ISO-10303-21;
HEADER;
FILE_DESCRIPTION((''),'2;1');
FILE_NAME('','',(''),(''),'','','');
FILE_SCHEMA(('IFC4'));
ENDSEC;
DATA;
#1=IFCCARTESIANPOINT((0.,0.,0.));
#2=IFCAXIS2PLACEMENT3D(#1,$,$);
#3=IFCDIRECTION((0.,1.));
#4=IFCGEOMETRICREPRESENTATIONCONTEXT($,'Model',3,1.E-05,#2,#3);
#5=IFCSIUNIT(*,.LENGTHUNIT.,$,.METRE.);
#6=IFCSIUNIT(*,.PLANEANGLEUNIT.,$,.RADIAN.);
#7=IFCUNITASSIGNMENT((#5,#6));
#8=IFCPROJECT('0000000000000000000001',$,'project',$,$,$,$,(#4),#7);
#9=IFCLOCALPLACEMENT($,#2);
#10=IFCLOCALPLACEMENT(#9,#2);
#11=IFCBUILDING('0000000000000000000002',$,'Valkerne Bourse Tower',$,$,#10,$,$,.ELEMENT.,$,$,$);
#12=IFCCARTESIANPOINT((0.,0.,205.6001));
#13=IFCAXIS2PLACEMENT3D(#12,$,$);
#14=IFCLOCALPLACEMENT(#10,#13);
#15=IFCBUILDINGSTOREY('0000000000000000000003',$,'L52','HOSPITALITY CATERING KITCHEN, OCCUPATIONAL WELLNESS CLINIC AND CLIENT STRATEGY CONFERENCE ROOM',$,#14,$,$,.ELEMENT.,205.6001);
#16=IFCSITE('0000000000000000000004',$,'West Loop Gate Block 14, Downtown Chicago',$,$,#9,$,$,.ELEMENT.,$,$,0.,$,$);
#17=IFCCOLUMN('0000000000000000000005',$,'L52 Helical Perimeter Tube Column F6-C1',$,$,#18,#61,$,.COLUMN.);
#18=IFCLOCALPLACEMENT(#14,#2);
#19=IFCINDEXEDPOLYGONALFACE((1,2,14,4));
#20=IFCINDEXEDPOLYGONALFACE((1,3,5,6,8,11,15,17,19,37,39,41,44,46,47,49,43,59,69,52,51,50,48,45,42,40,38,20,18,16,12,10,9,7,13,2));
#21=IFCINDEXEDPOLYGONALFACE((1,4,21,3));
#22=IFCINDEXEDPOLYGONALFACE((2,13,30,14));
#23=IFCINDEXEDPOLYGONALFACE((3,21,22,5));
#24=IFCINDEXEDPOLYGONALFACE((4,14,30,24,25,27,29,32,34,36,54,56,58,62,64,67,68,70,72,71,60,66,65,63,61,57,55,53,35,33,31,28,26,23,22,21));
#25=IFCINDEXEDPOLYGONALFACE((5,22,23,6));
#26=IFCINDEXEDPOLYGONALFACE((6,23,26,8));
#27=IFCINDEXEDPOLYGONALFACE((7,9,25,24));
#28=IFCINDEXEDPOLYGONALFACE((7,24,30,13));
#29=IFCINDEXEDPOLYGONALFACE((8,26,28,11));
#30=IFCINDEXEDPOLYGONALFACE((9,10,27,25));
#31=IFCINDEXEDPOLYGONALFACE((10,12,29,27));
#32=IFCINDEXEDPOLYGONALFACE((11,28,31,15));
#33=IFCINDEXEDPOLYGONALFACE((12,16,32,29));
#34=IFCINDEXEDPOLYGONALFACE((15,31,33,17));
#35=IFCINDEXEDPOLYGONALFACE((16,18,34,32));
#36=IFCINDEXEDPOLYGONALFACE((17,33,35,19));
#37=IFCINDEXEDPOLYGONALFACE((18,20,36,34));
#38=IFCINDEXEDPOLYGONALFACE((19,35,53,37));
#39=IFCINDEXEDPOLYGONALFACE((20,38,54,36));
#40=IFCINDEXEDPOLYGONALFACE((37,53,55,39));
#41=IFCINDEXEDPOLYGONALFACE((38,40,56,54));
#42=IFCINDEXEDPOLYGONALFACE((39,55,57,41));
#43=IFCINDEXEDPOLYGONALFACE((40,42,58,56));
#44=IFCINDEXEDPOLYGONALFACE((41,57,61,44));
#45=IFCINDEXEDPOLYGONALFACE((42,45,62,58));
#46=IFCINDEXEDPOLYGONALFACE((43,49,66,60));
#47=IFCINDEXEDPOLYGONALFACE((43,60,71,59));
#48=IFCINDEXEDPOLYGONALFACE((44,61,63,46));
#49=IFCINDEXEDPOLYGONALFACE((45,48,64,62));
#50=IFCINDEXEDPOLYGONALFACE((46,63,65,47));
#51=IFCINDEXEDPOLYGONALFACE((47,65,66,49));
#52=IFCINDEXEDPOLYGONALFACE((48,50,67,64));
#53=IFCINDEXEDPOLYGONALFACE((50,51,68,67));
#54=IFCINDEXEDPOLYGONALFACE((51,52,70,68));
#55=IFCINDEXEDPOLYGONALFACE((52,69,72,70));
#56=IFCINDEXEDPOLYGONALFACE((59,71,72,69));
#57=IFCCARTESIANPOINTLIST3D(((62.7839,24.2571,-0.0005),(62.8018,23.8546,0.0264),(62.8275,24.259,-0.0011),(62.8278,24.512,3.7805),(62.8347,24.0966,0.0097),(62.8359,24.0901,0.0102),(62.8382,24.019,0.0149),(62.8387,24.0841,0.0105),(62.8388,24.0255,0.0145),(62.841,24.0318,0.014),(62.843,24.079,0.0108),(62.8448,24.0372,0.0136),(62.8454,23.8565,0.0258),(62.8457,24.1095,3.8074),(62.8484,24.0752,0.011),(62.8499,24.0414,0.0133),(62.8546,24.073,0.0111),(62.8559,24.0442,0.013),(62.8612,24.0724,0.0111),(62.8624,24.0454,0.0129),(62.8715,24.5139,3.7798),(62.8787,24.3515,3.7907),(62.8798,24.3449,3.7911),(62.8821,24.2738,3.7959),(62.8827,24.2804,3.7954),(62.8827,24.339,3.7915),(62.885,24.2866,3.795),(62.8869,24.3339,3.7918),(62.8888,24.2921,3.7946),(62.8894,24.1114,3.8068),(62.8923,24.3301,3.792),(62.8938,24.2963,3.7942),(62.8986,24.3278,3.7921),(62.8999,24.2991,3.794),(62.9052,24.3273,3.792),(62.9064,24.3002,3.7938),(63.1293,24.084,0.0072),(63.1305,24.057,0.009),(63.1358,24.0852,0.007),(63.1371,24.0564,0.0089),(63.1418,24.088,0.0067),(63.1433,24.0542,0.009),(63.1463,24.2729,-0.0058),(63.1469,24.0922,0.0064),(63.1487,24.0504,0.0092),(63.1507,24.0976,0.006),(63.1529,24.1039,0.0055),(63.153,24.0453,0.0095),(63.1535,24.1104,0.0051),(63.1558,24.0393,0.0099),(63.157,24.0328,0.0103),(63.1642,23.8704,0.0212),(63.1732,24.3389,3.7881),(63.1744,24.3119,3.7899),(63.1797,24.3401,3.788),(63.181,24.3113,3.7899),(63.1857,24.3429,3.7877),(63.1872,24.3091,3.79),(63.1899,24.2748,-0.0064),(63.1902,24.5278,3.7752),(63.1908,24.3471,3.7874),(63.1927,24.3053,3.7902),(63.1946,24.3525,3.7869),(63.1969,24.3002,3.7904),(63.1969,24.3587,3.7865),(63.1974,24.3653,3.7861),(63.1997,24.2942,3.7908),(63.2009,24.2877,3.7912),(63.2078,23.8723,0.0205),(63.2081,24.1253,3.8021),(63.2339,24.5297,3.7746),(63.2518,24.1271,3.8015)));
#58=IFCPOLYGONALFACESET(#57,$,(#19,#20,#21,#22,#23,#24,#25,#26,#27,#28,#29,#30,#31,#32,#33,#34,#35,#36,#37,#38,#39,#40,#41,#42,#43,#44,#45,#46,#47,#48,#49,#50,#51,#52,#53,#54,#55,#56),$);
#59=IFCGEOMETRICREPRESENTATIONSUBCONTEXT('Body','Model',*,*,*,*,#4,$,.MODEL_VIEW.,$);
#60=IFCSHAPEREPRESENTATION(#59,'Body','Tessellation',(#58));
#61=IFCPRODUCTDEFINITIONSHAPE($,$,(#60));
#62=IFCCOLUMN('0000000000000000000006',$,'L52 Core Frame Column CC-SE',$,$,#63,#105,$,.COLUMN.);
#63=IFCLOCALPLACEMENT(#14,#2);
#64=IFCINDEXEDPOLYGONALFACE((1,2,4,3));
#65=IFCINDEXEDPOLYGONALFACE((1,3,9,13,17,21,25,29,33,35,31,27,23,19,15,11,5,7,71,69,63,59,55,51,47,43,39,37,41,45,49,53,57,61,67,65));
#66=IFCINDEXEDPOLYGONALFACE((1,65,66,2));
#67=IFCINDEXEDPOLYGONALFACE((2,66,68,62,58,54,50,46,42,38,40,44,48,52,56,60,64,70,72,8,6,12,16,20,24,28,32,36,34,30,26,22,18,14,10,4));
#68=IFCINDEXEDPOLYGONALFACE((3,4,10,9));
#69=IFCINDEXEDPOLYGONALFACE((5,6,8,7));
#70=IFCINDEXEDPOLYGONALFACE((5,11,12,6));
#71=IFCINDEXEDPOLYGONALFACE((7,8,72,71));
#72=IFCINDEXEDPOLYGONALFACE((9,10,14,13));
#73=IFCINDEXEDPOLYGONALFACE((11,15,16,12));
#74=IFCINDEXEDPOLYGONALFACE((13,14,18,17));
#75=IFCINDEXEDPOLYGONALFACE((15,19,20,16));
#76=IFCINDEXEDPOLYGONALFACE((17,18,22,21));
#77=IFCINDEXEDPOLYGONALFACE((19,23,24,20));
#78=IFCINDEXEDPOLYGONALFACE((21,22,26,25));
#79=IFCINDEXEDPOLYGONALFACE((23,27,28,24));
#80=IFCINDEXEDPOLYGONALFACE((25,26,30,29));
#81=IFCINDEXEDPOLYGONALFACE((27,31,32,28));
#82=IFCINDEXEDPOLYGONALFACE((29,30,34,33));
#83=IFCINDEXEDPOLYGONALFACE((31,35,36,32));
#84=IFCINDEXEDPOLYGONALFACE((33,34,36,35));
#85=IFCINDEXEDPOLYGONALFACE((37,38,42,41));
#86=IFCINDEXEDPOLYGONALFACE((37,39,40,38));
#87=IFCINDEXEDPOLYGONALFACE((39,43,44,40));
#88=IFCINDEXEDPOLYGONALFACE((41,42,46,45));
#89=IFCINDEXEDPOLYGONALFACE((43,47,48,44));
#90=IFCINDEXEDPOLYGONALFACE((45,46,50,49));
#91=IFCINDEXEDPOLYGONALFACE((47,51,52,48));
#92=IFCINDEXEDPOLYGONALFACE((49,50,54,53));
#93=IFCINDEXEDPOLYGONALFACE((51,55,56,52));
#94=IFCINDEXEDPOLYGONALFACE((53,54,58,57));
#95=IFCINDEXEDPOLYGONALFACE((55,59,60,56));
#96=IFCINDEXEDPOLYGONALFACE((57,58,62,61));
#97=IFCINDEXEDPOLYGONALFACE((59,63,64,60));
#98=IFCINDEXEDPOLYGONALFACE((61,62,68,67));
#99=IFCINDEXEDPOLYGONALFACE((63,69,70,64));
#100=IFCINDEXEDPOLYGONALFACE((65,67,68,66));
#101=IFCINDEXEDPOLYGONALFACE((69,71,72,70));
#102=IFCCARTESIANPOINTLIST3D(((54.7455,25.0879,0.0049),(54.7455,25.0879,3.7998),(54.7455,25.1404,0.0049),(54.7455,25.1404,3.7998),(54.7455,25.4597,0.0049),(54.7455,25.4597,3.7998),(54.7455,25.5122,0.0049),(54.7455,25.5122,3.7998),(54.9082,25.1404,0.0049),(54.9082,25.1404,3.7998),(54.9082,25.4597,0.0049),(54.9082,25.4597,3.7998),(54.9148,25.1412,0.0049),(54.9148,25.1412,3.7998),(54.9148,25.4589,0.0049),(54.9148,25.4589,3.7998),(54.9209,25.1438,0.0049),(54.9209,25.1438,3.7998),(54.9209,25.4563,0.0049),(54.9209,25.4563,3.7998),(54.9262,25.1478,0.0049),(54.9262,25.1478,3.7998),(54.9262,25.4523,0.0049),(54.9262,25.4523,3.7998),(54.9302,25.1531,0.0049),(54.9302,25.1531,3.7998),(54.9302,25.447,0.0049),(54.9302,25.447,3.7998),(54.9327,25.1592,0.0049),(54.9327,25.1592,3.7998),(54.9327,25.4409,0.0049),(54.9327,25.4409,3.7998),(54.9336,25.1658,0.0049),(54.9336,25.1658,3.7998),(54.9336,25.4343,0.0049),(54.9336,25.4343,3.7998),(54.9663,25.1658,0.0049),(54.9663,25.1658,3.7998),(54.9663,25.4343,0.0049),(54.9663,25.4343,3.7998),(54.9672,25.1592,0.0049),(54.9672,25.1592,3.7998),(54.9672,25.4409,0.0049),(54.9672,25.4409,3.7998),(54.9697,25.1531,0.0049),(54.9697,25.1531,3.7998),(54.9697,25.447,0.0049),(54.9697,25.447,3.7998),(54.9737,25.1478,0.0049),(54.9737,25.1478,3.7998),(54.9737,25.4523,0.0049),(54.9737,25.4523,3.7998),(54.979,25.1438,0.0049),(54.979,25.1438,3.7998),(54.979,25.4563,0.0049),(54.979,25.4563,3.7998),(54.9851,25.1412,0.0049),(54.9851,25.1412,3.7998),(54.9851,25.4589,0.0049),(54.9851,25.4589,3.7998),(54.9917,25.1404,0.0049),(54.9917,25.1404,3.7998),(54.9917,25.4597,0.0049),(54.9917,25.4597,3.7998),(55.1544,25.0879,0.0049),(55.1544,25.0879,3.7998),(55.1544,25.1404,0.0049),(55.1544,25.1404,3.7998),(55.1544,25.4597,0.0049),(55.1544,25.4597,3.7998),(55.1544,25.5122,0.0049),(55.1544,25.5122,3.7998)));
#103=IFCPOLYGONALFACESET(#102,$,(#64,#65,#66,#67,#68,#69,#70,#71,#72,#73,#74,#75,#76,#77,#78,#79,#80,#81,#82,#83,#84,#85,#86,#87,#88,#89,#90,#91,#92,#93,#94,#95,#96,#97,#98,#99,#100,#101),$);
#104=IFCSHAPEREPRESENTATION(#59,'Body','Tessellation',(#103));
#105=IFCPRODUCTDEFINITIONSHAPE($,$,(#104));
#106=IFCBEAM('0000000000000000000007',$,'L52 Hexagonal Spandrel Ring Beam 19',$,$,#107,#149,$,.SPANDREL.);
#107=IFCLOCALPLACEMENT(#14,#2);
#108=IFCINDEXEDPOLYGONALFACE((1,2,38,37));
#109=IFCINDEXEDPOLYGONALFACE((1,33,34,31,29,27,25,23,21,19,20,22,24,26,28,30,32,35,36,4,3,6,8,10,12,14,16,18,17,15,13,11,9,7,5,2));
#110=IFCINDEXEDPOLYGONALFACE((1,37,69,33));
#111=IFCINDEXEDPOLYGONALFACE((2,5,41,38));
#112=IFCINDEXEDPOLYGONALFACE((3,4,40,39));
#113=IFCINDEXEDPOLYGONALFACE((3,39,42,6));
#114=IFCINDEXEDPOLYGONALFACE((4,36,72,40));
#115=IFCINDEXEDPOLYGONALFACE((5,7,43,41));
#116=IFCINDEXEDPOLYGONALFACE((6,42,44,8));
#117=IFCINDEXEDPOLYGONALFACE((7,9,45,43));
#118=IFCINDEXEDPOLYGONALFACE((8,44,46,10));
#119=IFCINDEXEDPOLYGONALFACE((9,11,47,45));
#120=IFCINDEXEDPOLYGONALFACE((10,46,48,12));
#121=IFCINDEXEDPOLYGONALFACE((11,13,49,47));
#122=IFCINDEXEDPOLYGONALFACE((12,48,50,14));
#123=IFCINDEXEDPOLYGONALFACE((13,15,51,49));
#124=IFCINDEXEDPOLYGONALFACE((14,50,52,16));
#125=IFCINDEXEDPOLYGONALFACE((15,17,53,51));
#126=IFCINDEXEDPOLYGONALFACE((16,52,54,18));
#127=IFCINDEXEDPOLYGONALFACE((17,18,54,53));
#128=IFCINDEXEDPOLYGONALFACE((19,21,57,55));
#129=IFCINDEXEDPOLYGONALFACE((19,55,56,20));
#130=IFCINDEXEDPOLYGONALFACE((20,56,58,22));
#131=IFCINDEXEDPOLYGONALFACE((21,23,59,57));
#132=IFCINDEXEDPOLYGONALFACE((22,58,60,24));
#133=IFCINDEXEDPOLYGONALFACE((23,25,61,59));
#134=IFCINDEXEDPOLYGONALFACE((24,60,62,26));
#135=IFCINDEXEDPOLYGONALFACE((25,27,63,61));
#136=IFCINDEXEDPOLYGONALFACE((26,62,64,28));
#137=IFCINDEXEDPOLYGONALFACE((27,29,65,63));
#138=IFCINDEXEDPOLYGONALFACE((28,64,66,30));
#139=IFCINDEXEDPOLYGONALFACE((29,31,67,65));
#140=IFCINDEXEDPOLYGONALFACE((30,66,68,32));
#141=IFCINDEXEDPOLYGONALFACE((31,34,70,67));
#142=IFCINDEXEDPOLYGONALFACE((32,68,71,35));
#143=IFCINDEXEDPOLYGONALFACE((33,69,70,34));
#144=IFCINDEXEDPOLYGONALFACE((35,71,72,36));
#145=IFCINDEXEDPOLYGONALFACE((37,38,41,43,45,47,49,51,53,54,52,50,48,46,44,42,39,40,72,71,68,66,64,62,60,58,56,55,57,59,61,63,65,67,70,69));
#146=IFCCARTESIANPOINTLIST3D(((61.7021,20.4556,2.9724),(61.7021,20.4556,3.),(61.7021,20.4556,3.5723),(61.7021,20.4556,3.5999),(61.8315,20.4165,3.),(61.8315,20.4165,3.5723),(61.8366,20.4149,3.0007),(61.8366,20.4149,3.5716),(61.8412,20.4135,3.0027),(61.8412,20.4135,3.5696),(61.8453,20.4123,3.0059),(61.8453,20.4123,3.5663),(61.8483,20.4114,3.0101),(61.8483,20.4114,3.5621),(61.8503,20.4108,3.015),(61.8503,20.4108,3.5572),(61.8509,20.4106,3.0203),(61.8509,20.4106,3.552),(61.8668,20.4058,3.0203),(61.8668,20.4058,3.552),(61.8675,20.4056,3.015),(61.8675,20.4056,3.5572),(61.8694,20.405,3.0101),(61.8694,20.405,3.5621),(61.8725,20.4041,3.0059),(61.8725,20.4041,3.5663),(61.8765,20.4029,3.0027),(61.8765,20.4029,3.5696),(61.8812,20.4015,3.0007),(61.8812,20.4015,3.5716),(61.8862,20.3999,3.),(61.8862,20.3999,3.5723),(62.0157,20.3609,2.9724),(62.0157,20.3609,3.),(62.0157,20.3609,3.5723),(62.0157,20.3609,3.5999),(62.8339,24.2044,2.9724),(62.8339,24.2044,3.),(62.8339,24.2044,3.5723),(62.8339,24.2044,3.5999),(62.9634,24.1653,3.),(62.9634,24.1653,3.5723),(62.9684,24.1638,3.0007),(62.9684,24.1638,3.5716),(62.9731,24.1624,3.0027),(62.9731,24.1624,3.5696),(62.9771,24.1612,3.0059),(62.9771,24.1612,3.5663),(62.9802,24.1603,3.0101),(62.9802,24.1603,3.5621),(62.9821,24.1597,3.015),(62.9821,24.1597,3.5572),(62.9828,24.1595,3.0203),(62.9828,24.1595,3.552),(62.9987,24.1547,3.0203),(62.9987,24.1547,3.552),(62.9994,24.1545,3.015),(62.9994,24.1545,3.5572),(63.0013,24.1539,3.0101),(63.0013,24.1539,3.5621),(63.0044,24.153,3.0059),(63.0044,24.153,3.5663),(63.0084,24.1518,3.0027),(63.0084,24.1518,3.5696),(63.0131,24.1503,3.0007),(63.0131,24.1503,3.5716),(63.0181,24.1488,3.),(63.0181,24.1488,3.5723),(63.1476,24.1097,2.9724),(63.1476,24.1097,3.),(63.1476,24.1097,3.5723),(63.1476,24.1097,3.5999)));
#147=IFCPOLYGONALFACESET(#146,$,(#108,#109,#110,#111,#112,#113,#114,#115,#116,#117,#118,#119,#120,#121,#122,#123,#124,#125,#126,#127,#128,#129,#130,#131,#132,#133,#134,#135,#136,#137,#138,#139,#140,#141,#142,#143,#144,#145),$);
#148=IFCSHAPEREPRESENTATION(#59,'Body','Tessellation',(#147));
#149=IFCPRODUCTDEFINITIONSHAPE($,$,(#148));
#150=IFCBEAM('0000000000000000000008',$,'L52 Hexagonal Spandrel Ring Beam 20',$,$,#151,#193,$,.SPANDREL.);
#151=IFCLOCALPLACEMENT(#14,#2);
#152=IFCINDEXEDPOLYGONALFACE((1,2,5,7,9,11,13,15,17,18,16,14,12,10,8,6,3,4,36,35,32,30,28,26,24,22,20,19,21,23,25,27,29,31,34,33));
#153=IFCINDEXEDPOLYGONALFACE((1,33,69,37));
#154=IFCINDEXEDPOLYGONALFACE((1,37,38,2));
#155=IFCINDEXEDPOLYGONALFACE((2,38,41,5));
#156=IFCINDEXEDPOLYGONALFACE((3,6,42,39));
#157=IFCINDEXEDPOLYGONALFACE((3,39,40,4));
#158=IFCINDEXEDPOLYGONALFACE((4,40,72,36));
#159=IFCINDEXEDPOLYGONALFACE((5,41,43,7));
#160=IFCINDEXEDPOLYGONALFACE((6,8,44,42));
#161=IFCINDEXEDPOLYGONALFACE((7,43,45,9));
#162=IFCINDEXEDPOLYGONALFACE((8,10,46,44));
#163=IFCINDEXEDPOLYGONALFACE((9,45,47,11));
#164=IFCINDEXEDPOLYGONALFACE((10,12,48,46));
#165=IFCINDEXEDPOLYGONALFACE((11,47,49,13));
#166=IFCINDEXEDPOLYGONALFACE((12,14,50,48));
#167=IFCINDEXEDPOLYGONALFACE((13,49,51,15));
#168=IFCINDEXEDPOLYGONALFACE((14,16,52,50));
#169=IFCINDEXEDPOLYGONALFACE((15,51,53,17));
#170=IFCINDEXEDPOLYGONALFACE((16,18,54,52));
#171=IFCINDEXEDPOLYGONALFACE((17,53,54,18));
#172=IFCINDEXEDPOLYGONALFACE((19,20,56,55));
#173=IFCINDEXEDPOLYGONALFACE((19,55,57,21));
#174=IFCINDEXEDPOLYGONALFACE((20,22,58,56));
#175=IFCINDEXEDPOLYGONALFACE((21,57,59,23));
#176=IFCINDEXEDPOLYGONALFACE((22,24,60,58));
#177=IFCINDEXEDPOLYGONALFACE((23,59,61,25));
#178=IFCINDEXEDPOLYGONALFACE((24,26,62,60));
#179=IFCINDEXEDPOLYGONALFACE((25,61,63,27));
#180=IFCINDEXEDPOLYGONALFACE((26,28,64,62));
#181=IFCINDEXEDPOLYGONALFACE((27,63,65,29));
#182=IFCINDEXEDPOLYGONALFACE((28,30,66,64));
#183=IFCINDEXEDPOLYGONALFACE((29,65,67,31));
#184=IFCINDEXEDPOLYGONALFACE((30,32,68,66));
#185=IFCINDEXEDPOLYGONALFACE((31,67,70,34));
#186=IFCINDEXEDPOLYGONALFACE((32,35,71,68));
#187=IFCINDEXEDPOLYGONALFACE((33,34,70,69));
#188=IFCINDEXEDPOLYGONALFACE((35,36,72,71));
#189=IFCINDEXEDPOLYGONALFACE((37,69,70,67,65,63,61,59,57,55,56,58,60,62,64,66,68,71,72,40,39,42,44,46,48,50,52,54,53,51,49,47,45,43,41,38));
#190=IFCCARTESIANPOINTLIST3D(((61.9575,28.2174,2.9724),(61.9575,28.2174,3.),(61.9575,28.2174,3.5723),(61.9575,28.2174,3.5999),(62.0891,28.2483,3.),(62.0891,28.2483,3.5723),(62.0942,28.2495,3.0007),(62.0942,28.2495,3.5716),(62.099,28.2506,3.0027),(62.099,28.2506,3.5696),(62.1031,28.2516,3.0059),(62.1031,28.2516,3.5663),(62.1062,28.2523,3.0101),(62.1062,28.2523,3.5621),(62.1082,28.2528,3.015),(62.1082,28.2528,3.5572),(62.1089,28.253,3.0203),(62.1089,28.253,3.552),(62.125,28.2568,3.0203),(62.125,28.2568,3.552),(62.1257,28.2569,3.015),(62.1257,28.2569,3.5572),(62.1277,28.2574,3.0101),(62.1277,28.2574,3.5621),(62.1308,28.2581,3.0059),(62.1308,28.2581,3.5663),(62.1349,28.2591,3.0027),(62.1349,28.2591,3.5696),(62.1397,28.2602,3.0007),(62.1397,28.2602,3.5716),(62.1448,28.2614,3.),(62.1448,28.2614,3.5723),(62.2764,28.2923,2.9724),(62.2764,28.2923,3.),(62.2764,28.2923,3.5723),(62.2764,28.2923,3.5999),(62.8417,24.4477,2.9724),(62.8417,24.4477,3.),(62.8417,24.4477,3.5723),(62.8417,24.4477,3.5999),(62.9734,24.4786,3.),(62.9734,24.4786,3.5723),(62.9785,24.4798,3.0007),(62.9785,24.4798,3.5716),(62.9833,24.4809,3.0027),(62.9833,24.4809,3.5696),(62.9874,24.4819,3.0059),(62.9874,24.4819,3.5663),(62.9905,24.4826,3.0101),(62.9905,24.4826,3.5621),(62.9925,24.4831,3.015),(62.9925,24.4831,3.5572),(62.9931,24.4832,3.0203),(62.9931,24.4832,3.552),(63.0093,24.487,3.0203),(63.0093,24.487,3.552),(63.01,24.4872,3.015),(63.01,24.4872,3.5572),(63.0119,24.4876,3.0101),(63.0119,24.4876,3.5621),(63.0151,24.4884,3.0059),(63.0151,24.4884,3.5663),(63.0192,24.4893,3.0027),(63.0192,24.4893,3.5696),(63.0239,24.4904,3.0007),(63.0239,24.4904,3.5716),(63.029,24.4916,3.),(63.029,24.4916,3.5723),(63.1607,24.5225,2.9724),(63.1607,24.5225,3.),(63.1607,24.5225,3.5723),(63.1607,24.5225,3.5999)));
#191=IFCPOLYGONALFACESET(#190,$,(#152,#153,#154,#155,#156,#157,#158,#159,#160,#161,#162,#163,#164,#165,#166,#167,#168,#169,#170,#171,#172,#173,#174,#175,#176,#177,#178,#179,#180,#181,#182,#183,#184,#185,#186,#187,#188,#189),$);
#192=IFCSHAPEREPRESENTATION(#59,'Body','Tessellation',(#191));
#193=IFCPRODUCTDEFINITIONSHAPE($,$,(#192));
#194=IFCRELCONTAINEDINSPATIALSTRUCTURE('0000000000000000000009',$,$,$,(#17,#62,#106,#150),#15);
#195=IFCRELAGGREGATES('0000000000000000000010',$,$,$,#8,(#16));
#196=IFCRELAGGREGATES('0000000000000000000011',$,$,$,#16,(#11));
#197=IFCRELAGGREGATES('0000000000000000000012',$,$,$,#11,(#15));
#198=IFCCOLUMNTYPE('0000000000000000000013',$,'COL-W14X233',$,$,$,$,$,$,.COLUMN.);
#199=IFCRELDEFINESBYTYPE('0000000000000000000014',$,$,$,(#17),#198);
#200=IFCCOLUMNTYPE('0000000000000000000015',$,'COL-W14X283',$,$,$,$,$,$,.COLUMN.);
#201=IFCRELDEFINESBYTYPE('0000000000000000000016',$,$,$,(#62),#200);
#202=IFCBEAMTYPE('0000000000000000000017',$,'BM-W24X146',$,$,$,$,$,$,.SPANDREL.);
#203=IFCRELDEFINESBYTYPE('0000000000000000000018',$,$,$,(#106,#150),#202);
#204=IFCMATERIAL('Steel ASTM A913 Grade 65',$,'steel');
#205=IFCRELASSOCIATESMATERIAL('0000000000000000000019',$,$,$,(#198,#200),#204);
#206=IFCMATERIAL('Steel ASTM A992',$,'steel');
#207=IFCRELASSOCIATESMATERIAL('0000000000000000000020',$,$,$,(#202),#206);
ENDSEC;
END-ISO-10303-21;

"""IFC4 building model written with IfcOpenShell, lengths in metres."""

from ifc_helpers import new_model, si_unit, direction, frame, origin, origin_2d, place, context, subcontext, project, spatial, i_section, extrude, material, material_profile, profile_set, type_object, element, save


model = new_model("IFC4")

# Units and contexts
model_context = context("Model", 3, precision=1e-05, world=origin(), true_north=direction((0.0, 1.0)))
body_context = subcontext(model_context, "Body", "Model", "MODEL_VIEW")
ifc_project = project(units=[si_unit("LENGTHUNIT", "METRE"), si_unit("PLANEANGLEUNIT", "RADIAN")], contexts=[model_context])

# Site, building, storey
site_placement = place(None, origin())
site = spatial("IfcSite", under=ifc_project, at=site_placement, Name="West Loop Gate Block 14, Downtown Chicago", CompositionType="ELEMENT", RefElevation=0.0)
building_placement = place(site_placement, origin())
building = spatial("IfcBuilding", under=site, at=building_placement, Name="Valkerne Bourse Tower", CompositionType="ELEMENT")
storey_placement = place(building_placement, frame((0.0, 0.0, 205.6001)))
storey = spatial("IfcBuildingStorey", under=building, at=storey_placement, Name="L52", Description="HOSPITALITY CATERING KITCHEN, OCCUPATIONAL WELLNESS CLINIC AND CLIENT STRATEGY CONFERENCE ROOM", CompositionType="ELEMENT", Elevation=205.6001)

# Columns
ifc_material_1 = material(Name="Steel ASTM A913 Grade 65", Category="steel")
ifc_material_profile_1 = material_profile(ifc_material_1, i_section(OverallWidth=0.4038, OverallDepth=0.4065, WebThickness=0.0271, FlangeThickness=0.0437, FilletRadius=0.0254, at=origin_2d()), Name="W14X233")
ifc_profile_set_1 = profile_set([ifc_material_profile_1], Name="Steel ASTM A913 Grade 65")
column_type_1 = type_object("IfcColumnType", Name="COL-W14X233", PredefinedType="COLUMN", material=ifc_profile_set_1)
column_1_placement = place(storey_placement, frame((62.9958, 24.0647, 0.01), z_axis=(0.011596, 0.067254, 0.997668), x_axis=(0.044313, -0.99679, 0.06668)))
element("IfcColumn", 1, at=column_1_placement, inside=storey, type_object=column_type_1, Name="L52 Helical Perimeter Tube Column F6-C1", PredefinedType="COLUMN", context=body_context, shape_type="SweptSolid", body=[
    extrude(i_section(OverallWidth=0.4038, OverallDepth=0.4065, WebThickness=0.0271, FlangeThickness=0.0437, FilletRadius=0.0254, at=origin_2d()), origin(), (0.0, 0.0, 1.0), 3.7898),
])
ifc_material_profile_2 = material_profile(ifc_material_1, i_section(OverallWidth=0.4089, OverallDepth=0.4243, WebThickness=0.0327, FlangeThickness=0.0525, FilletRadius=0.0254, at=origin_2d()), Name="W14X283")
ifc_profile_set_2 = profile_set([ifc_material_profile_2], Name="Steel ASTM A913 Grade 65")
column_type_2 = type_object("IfcColumnType", Name="COL-W14X283", PredefinedType="COLUMN", material=ifc_profile_set_2)
column_2_placement = place(storey_placement, frame((54.95, 25.3, 0.0049), z_axis=(0.0, 0.0, 1.0), x_axis=(1.0, 0.0, 0.0)))
element("IfcColumn", 2, at=column_2_placement, inside=storey, type_object=column_type_2, Name="L52 Core Frame Column CC-SE", PredefinedType="COLUMN", context=body_context, shape_type="SweptSolid", body=[
    extrude(i_section(OverallWidth=0.4089, OverallDepth=0.4243, WebThickness=0.0327, FlangeThickness=0.0525, FilletRadius=0.0254, at=origin_2d()), origin(), (0.0, 0.0, 1.0), 3.7949),
])

# Beams
ifc_material_2 = material(Name="Steel ASTM A992", Category="steel")
ifc_material_profile_3 = material_profile(ifc_material_2, i_section(OverallWidth=0.3276, OverallDepth=0.6274, WebThickness=0.0166, FlangeThickness=0.0276, FilletRadius=0.0203, at=origin_2d()), Name="W24X146")
ifc_profile_set_3 = profile_set([ifc_material_profile_3], Name="Steel ASTM A992")
beam_type_1 = type_object("IfcBeamType", Name="BM-W24X146", PredefinedType="SPANDREL", material=ifc_profile_set_3)
beam_1_placement = place(storey_placement, frame((61.8589, 20.4082, 3.2861), z_axis=(0.289035, 0.957319, 0.0), x_axis=(-0.957319, 0.289035, 0.0)))
element("IfcBeam", 3, at=beam_1_placement, inside=storey, type_object=beam_type_1, Name="L52 Hexagonal Spandrel Ring Beam 19", PredefinedType="SPANDREL", context=body_context, shape_type="SweptSolid", body=[
    extrude(i_section(OverallWidth=0.3276, OverallDepth=0.6274, WebThickness=0.0166, FlangeThickness=0.0276, FilletRadius=0.0203, at=origin_2d()), origin(), (0.0, 0.0, 1.0), 3.916),
])
beam_2_placement = place(storey_placement, frame((63.0012, 24.4851, 3.2861), z_axis=(-0.228372, 0.973574, 0.0), x_axis=(-0.973574, -0.228372, 0.0)))
element("IfcBeam", 4, at=beam_2_placement, inside=storey, type_object=beam_type_1, Name="L52 Hexagonal Spandrel Ring Beam 20", PredefinedType="SPANDREL", context=body_context, shape_type="SweptSolid", body=[
    extrude(i_section(OverallWidth=0.3276, OverallDepth=0.6274, WebThickness=0.0166, FlangeThickness=0.0276, FilletRadius=0.0203, at=origin_2d()), origin(), (0.0, 0.0, 1.0), 3.8721),
])

save(model, "model.ifc")
